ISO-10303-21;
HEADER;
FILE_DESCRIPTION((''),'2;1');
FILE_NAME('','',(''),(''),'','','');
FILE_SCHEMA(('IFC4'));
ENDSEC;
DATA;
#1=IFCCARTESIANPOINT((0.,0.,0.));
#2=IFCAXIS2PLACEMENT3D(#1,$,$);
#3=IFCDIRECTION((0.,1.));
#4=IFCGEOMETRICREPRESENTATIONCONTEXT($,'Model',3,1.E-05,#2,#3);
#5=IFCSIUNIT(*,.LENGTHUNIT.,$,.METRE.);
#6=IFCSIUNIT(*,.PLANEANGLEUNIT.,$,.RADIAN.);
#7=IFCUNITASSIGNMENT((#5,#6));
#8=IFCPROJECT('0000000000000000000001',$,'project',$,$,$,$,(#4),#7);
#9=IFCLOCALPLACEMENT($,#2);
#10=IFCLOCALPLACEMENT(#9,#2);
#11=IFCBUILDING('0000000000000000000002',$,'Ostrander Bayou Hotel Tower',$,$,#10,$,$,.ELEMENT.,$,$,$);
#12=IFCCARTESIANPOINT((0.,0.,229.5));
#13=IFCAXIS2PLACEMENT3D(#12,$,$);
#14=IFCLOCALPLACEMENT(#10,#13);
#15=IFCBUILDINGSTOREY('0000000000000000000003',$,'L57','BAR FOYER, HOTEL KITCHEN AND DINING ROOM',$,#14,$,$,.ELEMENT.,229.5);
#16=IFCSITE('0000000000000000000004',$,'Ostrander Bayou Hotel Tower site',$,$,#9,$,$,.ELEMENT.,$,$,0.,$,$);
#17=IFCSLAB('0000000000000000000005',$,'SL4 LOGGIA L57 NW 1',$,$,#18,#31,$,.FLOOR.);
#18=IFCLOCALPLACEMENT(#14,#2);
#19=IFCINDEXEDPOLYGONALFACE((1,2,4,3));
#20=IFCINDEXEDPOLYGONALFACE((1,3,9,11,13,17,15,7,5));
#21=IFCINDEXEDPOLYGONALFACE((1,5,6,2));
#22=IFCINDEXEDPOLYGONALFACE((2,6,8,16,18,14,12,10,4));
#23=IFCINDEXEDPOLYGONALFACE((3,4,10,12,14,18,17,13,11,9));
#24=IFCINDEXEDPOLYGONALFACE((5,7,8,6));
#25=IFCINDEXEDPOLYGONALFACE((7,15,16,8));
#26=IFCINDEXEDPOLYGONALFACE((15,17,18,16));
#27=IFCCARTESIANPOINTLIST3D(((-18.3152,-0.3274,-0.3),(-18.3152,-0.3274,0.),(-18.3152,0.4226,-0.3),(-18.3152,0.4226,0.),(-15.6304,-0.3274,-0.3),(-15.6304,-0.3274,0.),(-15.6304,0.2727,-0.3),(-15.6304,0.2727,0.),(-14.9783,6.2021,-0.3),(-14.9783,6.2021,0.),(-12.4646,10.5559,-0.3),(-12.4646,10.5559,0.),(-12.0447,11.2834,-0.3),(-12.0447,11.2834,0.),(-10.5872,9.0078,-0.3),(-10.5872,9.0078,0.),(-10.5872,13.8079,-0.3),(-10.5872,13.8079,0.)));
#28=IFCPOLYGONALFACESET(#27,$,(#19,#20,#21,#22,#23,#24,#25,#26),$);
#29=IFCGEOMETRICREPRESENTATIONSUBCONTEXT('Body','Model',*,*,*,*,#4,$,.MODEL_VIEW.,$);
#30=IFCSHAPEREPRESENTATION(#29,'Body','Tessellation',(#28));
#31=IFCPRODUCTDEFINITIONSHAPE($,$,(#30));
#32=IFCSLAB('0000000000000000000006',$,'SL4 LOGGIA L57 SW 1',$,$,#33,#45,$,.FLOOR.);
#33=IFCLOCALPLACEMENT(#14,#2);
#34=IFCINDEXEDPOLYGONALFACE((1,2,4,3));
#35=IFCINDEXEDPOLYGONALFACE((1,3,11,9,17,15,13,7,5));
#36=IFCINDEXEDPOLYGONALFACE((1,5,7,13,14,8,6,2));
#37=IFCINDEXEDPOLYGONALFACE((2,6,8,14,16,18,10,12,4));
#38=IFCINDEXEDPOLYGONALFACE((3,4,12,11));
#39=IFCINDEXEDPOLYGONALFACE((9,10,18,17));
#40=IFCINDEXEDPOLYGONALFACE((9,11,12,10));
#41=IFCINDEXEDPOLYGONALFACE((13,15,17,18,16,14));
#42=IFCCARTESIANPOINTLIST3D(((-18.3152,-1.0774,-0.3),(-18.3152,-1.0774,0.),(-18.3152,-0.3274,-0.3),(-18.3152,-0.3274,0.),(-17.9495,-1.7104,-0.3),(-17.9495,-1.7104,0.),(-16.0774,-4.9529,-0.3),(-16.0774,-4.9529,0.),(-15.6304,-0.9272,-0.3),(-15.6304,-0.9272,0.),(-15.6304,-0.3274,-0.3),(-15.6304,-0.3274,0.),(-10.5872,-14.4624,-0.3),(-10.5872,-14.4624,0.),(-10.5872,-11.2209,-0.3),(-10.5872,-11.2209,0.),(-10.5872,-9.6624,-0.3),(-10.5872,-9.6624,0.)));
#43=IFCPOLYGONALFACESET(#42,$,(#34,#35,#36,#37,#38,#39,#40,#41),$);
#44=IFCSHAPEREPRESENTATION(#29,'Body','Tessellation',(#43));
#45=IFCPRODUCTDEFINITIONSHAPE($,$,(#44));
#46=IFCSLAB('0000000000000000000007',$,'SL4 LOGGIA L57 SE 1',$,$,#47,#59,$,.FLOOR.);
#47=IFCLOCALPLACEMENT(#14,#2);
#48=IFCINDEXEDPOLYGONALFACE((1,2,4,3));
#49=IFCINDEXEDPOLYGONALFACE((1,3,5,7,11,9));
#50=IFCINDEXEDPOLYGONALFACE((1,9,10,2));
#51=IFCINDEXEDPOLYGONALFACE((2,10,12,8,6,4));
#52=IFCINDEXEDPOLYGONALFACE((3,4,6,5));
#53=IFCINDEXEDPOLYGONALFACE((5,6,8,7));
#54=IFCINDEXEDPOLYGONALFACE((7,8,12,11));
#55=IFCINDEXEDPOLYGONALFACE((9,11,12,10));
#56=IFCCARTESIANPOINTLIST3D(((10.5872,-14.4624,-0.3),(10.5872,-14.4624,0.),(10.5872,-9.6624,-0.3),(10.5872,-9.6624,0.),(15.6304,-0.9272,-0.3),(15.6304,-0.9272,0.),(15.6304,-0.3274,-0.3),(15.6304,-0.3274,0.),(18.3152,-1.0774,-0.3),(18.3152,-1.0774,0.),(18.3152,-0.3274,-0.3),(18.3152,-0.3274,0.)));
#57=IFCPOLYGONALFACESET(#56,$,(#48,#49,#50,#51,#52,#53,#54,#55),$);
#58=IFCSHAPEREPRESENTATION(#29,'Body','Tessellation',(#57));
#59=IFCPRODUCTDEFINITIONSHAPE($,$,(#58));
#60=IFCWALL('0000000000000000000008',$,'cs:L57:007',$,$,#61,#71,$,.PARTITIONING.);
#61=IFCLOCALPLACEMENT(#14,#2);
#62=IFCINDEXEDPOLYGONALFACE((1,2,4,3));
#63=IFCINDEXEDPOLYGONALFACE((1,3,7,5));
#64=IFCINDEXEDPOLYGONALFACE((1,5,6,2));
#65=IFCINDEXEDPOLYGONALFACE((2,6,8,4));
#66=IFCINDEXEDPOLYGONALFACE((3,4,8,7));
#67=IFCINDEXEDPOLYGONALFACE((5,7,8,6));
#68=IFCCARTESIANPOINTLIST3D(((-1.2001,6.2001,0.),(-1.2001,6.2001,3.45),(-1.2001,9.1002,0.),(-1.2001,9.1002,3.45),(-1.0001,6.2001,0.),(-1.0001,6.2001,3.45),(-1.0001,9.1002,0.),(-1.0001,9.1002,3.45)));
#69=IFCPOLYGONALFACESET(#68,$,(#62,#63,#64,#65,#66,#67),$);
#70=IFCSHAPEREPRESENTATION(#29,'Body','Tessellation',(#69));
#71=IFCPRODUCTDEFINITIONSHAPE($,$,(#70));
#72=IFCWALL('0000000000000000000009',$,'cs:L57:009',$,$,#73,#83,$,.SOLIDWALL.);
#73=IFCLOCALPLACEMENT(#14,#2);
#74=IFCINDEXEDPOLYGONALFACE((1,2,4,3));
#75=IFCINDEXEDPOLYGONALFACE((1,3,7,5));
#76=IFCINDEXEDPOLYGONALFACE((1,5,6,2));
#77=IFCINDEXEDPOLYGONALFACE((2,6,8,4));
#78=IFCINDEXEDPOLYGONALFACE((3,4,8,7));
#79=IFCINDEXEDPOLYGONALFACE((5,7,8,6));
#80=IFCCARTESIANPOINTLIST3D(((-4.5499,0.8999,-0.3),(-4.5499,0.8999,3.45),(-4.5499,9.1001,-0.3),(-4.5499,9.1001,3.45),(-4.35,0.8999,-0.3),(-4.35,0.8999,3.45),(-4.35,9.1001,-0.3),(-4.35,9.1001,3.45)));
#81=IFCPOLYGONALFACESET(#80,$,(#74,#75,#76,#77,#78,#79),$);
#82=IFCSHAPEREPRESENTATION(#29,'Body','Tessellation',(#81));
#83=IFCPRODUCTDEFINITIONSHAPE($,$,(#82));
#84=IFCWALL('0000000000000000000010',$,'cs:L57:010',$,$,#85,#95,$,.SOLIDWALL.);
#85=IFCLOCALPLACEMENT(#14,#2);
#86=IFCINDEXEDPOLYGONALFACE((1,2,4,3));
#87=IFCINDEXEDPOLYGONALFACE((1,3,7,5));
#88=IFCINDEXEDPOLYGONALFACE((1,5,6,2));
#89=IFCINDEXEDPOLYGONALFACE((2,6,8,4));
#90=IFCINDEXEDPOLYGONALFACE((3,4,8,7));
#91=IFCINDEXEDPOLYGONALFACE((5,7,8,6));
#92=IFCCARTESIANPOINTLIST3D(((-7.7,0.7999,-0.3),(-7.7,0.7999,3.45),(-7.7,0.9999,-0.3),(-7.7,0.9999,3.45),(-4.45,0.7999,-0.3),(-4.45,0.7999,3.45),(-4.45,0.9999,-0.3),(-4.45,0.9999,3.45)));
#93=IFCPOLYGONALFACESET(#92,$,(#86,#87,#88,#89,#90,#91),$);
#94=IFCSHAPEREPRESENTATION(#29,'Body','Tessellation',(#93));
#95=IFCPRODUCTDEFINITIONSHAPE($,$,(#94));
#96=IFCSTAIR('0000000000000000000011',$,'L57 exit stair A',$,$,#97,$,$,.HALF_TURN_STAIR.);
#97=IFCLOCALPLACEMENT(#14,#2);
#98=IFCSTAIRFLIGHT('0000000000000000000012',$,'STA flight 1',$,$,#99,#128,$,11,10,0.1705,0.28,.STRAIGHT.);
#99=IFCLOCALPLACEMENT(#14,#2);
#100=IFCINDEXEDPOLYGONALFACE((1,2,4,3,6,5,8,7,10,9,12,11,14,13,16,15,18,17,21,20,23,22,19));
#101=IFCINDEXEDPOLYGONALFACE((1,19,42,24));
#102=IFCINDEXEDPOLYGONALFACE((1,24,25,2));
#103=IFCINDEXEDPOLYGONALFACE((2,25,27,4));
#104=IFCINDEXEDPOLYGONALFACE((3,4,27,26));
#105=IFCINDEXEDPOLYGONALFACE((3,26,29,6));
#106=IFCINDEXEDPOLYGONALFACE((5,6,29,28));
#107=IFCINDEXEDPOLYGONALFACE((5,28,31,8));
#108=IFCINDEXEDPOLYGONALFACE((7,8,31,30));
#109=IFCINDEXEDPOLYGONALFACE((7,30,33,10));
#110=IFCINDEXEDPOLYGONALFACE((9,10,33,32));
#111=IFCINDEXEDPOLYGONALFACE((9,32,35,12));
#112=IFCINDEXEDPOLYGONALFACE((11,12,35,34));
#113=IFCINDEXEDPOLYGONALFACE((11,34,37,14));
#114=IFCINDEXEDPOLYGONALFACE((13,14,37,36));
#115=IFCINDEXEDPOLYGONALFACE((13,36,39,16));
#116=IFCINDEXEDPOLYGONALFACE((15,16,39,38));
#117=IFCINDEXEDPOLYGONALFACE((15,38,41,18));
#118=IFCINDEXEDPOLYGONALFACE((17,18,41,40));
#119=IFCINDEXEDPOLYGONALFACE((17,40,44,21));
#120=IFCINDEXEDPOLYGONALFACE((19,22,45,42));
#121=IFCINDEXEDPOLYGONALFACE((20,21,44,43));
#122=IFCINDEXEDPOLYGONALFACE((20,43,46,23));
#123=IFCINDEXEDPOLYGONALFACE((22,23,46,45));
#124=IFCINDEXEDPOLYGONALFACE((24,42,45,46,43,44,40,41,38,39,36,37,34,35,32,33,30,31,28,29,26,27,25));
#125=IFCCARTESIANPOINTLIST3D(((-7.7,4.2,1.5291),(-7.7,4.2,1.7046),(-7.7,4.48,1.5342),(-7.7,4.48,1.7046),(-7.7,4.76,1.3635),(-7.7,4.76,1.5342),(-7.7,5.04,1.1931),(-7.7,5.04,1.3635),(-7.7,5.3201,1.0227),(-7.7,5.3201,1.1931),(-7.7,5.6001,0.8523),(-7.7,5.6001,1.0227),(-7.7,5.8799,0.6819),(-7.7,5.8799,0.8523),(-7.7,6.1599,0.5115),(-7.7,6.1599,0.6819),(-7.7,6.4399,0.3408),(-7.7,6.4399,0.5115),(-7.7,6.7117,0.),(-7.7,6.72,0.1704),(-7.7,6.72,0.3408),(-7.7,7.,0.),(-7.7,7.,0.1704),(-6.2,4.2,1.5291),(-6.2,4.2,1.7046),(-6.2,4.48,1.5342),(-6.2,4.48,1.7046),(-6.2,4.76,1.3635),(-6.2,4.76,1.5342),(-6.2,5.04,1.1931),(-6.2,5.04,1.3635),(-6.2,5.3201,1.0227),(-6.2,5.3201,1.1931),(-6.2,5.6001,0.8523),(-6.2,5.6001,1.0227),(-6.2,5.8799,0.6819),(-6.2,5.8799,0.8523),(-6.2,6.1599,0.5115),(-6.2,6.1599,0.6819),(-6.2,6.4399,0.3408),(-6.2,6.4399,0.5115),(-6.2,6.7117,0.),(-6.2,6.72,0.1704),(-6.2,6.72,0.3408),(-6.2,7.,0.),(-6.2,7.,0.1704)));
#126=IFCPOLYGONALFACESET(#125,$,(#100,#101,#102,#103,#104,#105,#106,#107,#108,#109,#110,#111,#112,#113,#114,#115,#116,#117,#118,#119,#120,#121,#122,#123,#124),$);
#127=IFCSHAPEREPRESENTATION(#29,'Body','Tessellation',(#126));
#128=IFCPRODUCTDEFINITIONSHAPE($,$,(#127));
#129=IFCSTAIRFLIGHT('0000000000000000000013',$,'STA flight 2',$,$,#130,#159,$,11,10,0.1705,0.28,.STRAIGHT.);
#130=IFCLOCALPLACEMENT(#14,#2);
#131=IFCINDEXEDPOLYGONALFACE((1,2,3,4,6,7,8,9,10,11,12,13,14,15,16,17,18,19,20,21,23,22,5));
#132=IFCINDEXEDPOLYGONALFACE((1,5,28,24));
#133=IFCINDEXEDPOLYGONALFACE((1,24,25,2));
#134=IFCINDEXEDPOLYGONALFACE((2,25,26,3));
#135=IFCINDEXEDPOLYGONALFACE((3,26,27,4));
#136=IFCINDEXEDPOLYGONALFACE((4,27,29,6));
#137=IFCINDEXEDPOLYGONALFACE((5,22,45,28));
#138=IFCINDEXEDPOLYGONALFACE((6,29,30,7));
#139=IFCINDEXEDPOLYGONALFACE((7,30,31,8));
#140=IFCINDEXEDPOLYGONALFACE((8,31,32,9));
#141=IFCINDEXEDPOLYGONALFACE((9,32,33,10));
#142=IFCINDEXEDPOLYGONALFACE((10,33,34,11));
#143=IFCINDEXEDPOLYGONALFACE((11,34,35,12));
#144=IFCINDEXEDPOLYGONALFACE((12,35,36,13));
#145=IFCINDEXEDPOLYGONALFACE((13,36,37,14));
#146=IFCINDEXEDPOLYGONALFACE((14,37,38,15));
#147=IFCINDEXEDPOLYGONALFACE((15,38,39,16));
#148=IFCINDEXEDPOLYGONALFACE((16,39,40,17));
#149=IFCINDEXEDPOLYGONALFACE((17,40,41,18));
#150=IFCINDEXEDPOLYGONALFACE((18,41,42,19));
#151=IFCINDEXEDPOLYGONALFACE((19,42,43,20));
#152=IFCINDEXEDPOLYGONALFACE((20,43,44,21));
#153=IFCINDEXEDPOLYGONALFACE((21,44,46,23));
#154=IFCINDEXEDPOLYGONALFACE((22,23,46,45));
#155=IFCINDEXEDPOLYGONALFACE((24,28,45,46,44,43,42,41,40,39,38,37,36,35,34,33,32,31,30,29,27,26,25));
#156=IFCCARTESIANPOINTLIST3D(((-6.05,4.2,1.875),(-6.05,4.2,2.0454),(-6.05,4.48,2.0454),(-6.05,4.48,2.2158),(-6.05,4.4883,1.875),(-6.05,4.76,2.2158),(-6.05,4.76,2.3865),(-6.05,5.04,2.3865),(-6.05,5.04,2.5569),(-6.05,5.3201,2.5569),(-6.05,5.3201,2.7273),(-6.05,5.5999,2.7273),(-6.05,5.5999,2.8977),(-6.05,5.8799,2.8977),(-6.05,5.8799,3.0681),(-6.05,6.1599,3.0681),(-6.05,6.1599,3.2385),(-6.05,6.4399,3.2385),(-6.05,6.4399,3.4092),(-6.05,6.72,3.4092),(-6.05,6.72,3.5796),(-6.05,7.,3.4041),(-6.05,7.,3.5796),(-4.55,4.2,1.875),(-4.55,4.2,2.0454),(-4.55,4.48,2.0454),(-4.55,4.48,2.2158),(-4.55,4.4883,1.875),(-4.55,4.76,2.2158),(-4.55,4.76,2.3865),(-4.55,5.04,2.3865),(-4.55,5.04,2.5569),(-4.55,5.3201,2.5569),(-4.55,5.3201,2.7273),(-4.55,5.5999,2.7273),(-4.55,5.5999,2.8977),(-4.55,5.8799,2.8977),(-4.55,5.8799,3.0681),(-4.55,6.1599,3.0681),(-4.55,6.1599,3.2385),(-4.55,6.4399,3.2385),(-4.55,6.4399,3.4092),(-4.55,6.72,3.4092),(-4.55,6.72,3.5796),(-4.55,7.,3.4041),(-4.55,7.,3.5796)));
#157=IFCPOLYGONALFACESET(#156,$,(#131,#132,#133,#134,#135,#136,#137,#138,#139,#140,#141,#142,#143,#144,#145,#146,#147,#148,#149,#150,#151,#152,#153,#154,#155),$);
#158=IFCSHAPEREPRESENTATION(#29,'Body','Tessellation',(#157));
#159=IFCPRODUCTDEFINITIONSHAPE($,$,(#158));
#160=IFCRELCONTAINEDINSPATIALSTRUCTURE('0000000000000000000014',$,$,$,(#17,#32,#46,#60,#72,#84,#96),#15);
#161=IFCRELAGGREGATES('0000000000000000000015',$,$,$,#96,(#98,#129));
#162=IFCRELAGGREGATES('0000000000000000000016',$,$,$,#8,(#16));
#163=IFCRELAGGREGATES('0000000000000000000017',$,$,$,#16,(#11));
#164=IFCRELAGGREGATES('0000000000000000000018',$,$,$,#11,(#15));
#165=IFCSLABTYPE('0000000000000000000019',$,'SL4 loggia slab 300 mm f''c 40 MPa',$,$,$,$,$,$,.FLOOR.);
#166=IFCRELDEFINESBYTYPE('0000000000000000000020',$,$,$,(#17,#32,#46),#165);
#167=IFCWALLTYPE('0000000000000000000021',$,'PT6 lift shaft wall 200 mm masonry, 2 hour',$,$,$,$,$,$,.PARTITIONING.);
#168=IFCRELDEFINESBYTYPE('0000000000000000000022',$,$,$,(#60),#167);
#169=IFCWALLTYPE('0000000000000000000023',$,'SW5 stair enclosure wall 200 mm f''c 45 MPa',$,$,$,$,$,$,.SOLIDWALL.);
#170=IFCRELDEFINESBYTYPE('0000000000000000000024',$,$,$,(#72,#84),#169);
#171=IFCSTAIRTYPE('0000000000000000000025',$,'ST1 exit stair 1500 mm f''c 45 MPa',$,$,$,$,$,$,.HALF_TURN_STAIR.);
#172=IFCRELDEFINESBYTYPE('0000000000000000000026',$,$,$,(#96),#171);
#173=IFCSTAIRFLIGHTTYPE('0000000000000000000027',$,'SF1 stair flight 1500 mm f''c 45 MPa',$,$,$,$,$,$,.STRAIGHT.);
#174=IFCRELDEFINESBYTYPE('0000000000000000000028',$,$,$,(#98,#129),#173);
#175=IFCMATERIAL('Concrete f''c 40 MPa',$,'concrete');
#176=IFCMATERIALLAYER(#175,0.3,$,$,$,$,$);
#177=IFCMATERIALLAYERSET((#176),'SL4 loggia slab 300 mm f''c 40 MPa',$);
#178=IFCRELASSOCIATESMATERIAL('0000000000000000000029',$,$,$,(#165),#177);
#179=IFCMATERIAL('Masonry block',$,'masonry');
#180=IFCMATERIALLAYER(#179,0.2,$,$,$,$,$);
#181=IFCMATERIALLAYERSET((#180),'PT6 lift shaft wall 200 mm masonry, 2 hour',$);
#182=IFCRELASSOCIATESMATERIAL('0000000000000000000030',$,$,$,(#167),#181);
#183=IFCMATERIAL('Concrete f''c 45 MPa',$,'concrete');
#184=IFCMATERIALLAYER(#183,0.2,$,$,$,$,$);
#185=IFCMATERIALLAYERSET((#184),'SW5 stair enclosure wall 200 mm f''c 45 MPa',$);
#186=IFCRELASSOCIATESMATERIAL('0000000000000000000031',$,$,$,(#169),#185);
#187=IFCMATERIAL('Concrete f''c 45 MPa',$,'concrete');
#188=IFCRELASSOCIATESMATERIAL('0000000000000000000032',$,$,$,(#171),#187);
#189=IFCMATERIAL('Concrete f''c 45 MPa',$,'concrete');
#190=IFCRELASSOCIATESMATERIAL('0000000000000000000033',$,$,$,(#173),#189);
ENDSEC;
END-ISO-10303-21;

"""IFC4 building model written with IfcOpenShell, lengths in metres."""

from ifc_helpers import new_model, si_unit, direction, frame, frame_2d, origin, place, context, subcontext, project, spatial, polyline, rectangle, outline, extrude, material, layer, layer_set, type_object, element, aggregate, save


model = new_model("IFC4")

# Units and contexts
model_context = context("Model", 3, precision=1e-05, world=origin(), true_north=direction((0.0, 1.0)))
body_context = subcontext(model_context, "Body", "Model", "MODEL_VIEW")
ifc_project = project(units=[si_unit("LENGTHUNIT", "METRE"), si_unit("PLANEANGLEUNIT", "RADIAN")], contexts=[model_context])

# Site, building, storey
site_placement = place(None, origin())
site = spatial("IfcSite", under=ifc_project, at=site_placement, Name="Ostrander Bayou Hotel Tower site", CompositionType="ELEMENT", RefElevation=0.0)
building_placement = place(site_placement, origin())
building = spatial("IfcBuilding", under=site, at=building_placement, Name="Ostrander Bayou Hotel Tower", CompositionType="ELEMENT")
storey_placement = place(building_placement, frame((0.0, 0.0, 229.5)))
storey = spatial("IfcBuildingStorey", under=building, at=storey_placement, Name="L57", Description="BAR FOYER, HOTEL KITCHEN AND DINING ROOM", CompositionType="ELEMENT", Elevation=229.5)

# Slabs
ifc_material_1 = material(Name="Concrete f'c 40 MPa", Category="concrete")
ifc_layer_1 = layer(ifc_material_1, 0.3)
ifc_layer_set_1 = layer_set([ifc_layer_1], Name="SL4 loggia slab 300 mm f'c 40 MPa")
slab_type = type_object("IfcSlabType", Name="SL4 loggia slab 300 mm f'c 40 MPa", PredefinedType="FLOOR", material=ifc_layer_set_1)
slab_1_placement = place(storey_placement, frame((0.0, 0.0, -0.3)))
element("IfcSlab", 1, at=slab_1_placement, inside=storey, type_object=slab_type, Name="SL4 LOGGIA L57 NW 1", PredefinedType="FLOOR", context=body_context, shape_type="SweptSolid", body=[
    extrude(outline(polyline([(-12.0447, 11.2834), (-10.5872, 13.8079), (-10.5872, 9.0078), (-15.6304, 0.2727), (-15.6304, -0.3274), (-18.3152, -0.3274), (-18.3152, 0.4226), (-14.9783, 6.2021), (-12.4646, 10.5559), (-12.0447, 11.2834)])), origin(), (0.0, 0.0, 1.0), 0.3),
])
slab_2_placement = place(storey_placement, frame((0.0, 0.0, -0.3)))
element("IfcSlab", 2, at=slab_2_placement, inside=storey, type_object=slab_type, Name="SL4 LOGGIA L57 SW 1", PredefinedType="FLOOR", context=body_context, shape_type="SweptSolid", body=[
    extrude(outline(polyline([(-10.5872, -11.2209), (-10.5872, -14.4624), (-16.0774, -4.9529), (-17.9495, -1.7104), (-18.3152, -1.0774), (-18.3152, -0.3274), (-15.6304, -0.3274), (-15.6304, -0.9272), (-10.5872, -9.6624), (-10.5872, -11.2209)])), origin(), (0.0, 0.0, 1.0), 0.3),
])
slab_3_placement = place(storey_placement, frame((0.0, 0.0, -0.3)))
element("IfcSlab", 3, at=slab_3_placement, inside=storey, type_object=slab_type, Name="SL4 LOGGIA L57 SE 1", PredefinedType="FLOOR", context=body_context, shape_type="SweptSolid", body=[
    extrude(outline(polyline([(15.6304, -0.3274), (18.3152, -0.3274), (18.3152, -1.0774), (10.5872, -14.4624), (10.5872, -9.6624), (15.6304, -0.9272), (15.6304, -0.3274)])), origin(), (0.0, 0.0, 1.0), 0.3),
])

# Shared definitions
ifc_material_2 = material(Name="Masonry block", Category="masonry")
ifc_layer_2 = layer(ifc_material_2, 0.2)
ifc_layer_set_2 = layer_set([ifc_layer_2], Name="PT6 lift shaft wall 200 mm masonry, 2 hour")
wall_type_1 = type_object("IfcWallType", Name="PT6 lift shaft wall 200 mm masonry, 2 hour", PredefinedType="PARTITIONING", material=ifc_layer_set_2)

# Walls
wall_1_placement = place(storey_placement, frame((-1.1001, 6.2, 0.0), z_axis=(0.0, 0.0, 1.0), x_axis=(0.0, 1.0, 0.0)))
element("IfcWall", 4, at=wall_1_placement, inside=storey, type_object=wall_type_1, Name="cs:L57:007", PredefinedType="PARTITIONING", context=body_context, shape_type="SweptSolid", body=[
    extrude(rectangle(XDim=2.9001, YDim=0.2, at=frame_2d((1.4502, 0.0))), origin(), (0.0, 0.0, 1.0), 3.45),
])
ifc_material_3 = material(Name="Concrete f'c 45 MPa", Category="concrete")
ifc_layer_3 = layer(ifc_material_3, 0.2)
ifc_layer_set_3 = layer_set([ifc_layer_3], Name="SW5 stair enclosure wall 200 mm f'c 45 MPa")
wall_type_2 = type_object("IfcWallType", Name="SW5 stair enclosure wall 200 mm f'c 45 MPa", PredefinedType="SOLIDWALL", material=ifc_layer_set_3)
wall_2_placement = place(storey_placement, frame((-4.45, 0.8999, -0.3), z_axis=(0.0, 0.0, 1.0), x_axis=(0.0, 1.0, 0.0)))
element("IfcWall", 5, at=wall_2_placement, inside=storey, type_object=wall_type_2, Name="cs:L57:009", PredefinedType="SOLIDWALL", context=body_context, shape_type="SweptSolid", body=[
    extrude(rectangle(XDim=8.2002, YDim=0.2, at=frame_2d((4.1001, 0.0))), origin(), (0.0, 0.0, 1.0), 3.75),
])
wall_3_placement = place(storey_placement, frame((-7.7, 0.8999, -0.3), z_axis=(0.0, 0.0, 1.0), x_axis=(1.0, 0.0, 0.0)))
element("IfcWall", 6, at=wall_3_placement, inside=storey, type_object=wall_type_2, Name="cs:L57:010", PredefinedType="SOLIDWALL", context=body_context, shape_type="SweptSolid", body=[
    extrude(rectangle(XDim=3.25, YDim=0.2, at=frame_2d((1.625, 0.0))), origin(), (0.0, 0.0, 1.0), 3.75),
])

# Stair, stair flights
ifc_material_4 = material(Name="Concrete f'c 45 MPa", Category="concrete")
stair_type = type_object("IfcStairType", Name="ST1 exit stair 1500 mm f'c 45 MPa", PredefinedType="HALF_TURN_STAIR", material=ifc_material_4)
stair_placement = place(storey_placement, origin())
stair = element("IfcStair", 7, at=stair_placement, inside=storey, type_object=stair_type, Name="L57 exit stair A", PredefinedType="HALF_TURN_STAIR")
ifc_material_5 = material(Name="Concrete f'c 45 MPa", Category="concrete")
stair_flight_type = type_object("IfcStairFlightType", Name="SF1 stair flight 1500 mm f'c 45 MPa", PredefinedType="STRAIGHT", material=ifc_material_5)
stair_flight_1_placement = place(storey_placement, frame((-6.95, 7.0, 0.0), z_axis=(0.0, 0.0, 1.0), x_axis=(0.0, -1.0, 0.0)))
stair_flight_1 = element("IfcStairFlight", 8, at=stair_flight_1_placement, type_object=stair_flight_type, Name="STA flight 1", NumberOfRisers=11, NumberOfTreads=10, PredefinedType="STRAIGHT", RiserHeight=0.1705, TreadLength=0.28, context=body_context, shape_type="SweptSolid", body=[
    extrude(outline(polyline([(0.0, 0.0), (0.0, 0.1704), (0.28, 0.1704), (0.28, 0.3408), (0.5601, 0.3408), (0.5601, 0.5115), (0.8401, 0.5115), (0.8401, 0.6819), (1.1201, 0.6819), (1.1201, 0.8523), (1.3999, 0.8523), (1.3999, 1.0227), (1.6799, 1.0227), (1.6799, 1.1931), (1.96, 1.1931), (1.96, 1.3635), (2.24, 1.3635), (2.24, 1.5342), (2.52, 1.5342), (2.52, 1.7046), (2.8, 1.7046), (2.8, 1.875), (2.8, 1.5291), (0.2883, 0.0), (0.0, 0.0)])), frame((0.0, 0.75, 0.0), z_axis=(0.0, -1.0, 0.0), x_axis=(1.0, 0.0, 0.0)), (0.0, 0.0, 1.0), 1.5),
])
stair_flight_2_placement = place(storey_placement, frame((-5.3, 4.2, 1.875), z_axis=(0.0, 0.0, 1.0), x_axis=(0.0, 1.0, 0.0)))
stair_flight_2 = element("IfcStairFlight", 9, at=stair_flight_2_placement, type_object=stair_flight_type, Name="STA flight 2", NumberOfRisers=11, NumberOfTreads=10, PredefinedType="STRAIGHT", RiserHeight=0.1705, TreadLength=0.28, context=body_context, shape_type="SweptSolid", body=[
    extrude(outline(polyline([(0.0, 0.0), (0.0, 0.1704), (0.28, 0.1704), (0.28, 0.3408), (0.5601, 0.3408), (0.5601, 0.5115), (0.8401, 0.5115), (0.8401, 0.6819), (1.1201, 0.6819), (1.1201, 0.8523), (1.3999, 0.8523), (1.3999, 1.0227), (1.6799, 1.0227), (1.6799, 1.1931), (1.96, 1.1931), (1.96, 1.3635), (2.24, 1.3635), (2.24, 1.5342), (2.52, 1.5342), (2.52, 1.7046), (2.8, 1.7046), (2.8, 1.875), (2.8, 1.5291), (0.2883, 0.0), (0.0, 0.0)])), frame((0.0, 0.75, 0.0), z_axis=(0.0, -1.0, 0.0), x_axis=(1.0, 0.0, 0.0)), (0.0, 0.0, 1.0), 1.5),
])
aggregate(stair, [stair_flight_1, stair_flight_2])

save(model, "model.ifc")
